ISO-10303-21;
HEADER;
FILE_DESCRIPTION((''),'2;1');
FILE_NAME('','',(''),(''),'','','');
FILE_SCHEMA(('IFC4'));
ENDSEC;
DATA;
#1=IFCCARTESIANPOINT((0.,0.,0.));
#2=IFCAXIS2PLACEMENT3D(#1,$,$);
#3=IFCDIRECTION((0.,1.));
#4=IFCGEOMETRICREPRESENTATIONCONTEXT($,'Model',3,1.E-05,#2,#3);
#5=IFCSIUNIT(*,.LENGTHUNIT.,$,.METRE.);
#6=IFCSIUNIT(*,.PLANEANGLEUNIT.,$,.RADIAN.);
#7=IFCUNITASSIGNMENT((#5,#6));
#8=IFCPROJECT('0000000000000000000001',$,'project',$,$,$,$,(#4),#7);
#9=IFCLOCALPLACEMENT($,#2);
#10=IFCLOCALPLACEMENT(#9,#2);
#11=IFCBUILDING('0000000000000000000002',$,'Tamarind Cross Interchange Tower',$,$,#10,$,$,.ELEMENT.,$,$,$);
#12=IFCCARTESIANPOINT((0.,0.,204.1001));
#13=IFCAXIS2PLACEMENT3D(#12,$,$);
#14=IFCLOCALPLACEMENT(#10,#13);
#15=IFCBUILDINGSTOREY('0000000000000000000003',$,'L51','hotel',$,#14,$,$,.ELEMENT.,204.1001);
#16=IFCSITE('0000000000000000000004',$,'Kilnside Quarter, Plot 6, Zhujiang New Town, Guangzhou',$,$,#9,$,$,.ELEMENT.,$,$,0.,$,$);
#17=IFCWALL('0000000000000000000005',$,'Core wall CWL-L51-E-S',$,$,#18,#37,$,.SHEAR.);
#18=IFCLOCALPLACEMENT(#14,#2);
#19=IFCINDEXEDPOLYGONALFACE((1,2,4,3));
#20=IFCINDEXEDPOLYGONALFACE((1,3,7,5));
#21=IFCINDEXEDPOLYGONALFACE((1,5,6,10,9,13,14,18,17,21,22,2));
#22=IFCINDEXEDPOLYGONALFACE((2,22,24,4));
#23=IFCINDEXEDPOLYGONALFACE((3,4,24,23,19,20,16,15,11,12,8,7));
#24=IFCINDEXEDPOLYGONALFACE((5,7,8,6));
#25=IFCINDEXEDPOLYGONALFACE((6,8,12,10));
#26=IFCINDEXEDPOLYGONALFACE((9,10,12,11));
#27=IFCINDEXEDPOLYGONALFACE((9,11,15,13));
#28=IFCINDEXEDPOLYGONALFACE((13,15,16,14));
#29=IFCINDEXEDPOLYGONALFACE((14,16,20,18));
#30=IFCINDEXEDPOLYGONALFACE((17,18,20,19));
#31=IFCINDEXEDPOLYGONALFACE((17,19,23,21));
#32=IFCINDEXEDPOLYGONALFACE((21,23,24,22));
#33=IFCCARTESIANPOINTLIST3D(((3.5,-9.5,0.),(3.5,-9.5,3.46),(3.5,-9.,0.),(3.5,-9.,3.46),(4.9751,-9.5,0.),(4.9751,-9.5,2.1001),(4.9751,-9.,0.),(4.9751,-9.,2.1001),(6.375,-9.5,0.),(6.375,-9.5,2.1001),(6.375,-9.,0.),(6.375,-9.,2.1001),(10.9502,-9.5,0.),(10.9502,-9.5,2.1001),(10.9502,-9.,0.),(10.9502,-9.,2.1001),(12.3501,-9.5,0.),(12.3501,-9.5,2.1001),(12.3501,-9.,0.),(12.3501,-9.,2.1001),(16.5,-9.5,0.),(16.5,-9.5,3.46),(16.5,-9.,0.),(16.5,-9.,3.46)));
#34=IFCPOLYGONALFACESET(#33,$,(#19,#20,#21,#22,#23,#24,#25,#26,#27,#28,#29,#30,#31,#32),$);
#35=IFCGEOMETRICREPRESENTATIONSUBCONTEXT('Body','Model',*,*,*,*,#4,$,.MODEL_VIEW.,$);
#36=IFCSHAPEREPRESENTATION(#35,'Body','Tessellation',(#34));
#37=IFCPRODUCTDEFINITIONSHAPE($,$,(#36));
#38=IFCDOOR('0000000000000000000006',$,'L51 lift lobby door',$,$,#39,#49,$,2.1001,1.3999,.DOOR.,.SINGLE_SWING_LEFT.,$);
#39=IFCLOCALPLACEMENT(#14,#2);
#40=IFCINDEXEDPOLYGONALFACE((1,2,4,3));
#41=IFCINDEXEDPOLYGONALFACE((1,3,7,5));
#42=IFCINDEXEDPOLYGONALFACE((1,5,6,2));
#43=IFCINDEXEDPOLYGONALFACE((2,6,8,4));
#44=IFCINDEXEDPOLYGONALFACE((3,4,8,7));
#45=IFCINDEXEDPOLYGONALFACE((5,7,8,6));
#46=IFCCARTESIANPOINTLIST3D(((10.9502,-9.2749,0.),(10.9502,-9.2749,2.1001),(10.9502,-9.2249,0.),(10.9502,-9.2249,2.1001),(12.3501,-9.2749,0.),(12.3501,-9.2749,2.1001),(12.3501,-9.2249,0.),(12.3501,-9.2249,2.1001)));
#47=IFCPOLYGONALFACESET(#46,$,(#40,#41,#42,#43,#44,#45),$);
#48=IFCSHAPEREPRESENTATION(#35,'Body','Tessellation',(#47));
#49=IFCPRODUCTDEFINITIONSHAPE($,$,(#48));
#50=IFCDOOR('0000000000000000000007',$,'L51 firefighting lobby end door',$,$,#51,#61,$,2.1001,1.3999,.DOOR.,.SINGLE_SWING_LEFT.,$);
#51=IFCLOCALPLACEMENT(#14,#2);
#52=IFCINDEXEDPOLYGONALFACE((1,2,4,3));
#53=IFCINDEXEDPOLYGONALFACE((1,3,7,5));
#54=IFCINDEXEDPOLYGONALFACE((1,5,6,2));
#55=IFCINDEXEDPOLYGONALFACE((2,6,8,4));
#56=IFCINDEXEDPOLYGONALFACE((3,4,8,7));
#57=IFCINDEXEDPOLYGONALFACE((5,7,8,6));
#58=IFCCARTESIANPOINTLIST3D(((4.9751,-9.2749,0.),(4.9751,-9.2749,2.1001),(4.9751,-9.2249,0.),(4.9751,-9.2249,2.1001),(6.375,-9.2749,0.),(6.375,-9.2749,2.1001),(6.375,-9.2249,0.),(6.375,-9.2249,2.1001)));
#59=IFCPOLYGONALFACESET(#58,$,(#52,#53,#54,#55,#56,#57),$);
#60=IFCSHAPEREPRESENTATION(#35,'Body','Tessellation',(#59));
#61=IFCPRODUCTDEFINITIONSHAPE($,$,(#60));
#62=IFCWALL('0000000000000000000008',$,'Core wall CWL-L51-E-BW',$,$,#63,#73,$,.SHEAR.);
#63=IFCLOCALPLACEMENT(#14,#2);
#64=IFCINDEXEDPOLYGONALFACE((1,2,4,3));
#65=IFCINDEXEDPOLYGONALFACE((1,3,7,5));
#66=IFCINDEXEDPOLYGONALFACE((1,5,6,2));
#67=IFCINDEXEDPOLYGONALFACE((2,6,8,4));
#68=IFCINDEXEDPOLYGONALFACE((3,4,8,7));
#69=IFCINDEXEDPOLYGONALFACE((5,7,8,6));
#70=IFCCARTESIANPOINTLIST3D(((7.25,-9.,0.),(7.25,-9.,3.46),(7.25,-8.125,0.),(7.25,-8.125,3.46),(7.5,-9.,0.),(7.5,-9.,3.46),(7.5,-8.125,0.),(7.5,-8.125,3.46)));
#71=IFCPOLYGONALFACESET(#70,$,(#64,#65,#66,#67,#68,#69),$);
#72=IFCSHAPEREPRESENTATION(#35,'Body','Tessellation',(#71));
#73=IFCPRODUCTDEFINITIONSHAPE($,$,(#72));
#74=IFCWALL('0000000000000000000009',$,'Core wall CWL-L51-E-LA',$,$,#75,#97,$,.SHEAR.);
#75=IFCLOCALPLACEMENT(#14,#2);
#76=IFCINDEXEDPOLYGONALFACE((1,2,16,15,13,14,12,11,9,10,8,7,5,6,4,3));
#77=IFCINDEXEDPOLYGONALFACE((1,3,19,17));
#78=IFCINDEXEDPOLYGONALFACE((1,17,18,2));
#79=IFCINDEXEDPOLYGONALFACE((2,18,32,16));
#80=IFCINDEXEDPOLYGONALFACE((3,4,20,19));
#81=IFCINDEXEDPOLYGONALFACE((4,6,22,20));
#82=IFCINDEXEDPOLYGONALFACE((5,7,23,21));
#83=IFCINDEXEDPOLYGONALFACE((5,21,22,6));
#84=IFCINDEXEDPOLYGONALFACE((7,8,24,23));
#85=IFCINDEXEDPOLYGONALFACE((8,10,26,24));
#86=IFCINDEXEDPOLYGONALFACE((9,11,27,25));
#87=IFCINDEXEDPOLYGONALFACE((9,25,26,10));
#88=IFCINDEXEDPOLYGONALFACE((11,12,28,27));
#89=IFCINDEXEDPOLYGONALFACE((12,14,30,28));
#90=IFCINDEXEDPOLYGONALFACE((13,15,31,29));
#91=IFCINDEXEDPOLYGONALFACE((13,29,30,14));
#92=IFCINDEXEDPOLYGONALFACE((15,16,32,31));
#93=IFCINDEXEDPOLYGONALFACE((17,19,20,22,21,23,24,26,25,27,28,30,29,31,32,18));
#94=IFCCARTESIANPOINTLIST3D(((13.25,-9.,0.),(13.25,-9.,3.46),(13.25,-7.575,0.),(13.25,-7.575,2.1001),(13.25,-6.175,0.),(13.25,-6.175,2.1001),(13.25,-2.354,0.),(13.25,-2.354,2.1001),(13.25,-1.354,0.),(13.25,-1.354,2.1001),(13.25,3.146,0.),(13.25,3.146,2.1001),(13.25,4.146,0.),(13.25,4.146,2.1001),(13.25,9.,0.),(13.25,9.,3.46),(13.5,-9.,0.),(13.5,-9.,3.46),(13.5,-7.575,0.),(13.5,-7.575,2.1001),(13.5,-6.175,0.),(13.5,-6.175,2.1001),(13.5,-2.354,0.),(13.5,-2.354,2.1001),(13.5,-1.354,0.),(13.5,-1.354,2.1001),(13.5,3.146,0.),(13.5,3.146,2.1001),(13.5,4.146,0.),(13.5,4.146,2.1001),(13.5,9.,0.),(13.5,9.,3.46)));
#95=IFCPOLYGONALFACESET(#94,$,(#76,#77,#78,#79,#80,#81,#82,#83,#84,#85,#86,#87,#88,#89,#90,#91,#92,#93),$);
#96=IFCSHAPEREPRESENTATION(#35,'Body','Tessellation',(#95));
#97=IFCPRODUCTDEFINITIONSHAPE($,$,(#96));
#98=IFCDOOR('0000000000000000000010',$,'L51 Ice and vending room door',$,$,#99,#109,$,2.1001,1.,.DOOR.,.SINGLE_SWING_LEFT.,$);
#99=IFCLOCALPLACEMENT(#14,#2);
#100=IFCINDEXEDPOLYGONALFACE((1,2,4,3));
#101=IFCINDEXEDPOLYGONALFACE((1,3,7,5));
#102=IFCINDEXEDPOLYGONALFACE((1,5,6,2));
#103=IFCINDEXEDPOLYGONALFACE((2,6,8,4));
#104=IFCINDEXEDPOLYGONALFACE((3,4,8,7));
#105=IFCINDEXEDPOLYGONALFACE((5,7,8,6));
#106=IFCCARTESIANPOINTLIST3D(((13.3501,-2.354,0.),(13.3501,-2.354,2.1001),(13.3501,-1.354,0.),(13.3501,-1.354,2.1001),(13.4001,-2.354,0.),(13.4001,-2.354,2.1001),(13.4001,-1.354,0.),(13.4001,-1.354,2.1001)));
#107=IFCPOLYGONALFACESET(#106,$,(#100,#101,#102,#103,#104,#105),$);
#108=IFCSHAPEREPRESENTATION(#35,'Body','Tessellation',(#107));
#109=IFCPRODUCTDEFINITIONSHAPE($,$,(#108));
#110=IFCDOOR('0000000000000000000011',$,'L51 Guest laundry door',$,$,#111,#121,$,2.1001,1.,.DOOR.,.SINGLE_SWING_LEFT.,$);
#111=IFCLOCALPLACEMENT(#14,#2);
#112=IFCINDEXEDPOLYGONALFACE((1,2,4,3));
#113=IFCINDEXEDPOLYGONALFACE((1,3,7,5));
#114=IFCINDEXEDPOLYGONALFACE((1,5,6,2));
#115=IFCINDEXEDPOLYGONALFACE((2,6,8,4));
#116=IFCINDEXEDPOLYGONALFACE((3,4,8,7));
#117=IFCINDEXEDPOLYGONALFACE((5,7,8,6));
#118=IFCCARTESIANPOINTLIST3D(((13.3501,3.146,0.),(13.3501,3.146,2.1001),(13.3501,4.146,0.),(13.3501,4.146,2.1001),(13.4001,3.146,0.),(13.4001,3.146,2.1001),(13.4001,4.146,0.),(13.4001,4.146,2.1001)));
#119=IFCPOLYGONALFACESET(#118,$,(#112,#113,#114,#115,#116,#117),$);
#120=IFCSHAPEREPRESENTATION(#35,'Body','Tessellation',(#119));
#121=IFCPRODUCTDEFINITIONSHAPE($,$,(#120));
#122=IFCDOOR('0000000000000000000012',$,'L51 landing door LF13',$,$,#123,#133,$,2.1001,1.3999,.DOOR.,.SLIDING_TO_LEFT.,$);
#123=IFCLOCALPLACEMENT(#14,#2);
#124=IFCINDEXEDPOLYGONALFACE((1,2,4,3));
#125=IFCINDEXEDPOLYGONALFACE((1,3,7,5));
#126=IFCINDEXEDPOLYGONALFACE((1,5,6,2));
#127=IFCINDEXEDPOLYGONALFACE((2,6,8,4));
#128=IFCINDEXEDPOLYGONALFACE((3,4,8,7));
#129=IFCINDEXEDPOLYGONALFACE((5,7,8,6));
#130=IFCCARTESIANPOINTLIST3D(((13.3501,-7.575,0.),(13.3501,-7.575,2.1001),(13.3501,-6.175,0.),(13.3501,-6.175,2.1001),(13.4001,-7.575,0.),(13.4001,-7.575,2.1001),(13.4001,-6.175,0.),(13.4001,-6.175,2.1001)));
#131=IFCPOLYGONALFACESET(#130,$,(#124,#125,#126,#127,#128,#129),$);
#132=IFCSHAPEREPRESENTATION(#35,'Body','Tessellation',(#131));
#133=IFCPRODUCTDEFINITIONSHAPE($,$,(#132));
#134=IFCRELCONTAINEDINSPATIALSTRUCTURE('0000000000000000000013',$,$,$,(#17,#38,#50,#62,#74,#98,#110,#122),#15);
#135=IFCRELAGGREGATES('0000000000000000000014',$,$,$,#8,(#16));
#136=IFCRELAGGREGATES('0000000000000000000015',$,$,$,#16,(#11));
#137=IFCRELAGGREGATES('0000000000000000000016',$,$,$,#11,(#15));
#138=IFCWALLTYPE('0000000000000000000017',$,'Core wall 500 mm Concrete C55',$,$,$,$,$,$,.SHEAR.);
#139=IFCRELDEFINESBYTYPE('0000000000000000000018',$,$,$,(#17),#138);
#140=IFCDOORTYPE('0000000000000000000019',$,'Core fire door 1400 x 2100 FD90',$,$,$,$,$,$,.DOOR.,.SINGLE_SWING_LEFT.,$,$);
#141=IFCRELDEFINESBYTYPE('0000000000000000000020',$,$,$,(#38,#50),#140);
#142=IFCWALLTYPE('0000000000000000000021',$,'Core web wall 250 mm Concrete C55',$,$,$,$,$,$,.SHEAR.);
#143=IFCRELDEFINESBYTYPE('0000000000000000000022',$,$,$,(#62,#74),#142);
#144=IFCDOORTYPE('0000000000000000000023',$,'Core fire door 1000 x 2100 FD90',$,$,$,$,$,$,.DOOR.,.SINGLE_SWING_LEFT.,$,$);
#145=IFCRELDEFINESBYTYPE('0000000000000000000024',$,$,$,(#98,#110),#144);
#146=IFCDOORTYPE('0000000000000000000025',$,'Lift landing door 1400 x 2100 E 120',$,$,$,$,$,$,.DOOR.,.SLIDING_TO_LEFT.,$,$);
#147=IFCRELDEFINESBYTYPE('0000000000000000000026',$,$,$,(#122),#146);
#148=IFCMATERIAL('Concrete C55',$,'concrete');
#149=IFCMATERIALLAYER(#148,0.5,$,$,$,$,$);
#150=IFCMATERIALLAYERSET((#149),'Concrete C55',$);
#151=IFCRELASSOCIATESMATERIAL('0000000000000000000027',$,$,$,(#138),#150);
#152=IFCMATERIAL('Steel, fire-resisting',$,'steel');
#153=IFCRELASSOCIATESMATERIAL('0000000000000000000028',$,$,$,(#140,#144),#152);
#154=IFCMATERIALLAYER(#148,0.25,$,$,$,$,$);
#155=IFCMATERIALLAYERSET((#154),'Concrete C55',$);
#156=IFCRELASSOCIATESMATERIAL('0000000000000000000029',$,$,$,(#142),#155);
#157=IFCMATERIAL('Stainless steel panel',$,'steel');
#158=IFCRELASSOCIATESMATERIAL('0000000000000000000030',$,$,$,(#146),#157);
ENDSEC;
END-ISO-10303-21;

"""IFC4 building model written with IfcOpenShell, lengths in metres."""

from ifc_helpers import new_model, si_unit, direction, frame, frame_2d, origin, place, context, subcontext, project, spatial, rectangle, extrude, material, layer, layer_set, type_object, element, fill, save


model = new_model("IFC4")

# Units and contexts
model_context = context("Model", 3, precision=1e-05, world=origin(), true_north=direction((0.0, 1.0)))
body_context = subcontext(model_context, "Body", "Model", "MODEL_VIEW")
ifc_project = project(units=[si_unit("LENGTHUNIT", "METRE"), si_unit("PLANEANGLEUNIT", "RADIAN")], contexts=[model_context])

# Site, building, storey
site_placement = place(None, origin())
site = spatial("IfcSite", under=ifc_project, at=site_placement, Name="Kilnside Quarter, Plot 6, Zhujiang New Town, Guangzhou", CompositionType="ELEMENT", RefElevation=0.0)
building_placement = place(site_placement, origin())
building = spatial("IfcBuilding", under=site, at=building_placement, Name="Tamarind Cross Interchange Tower", CompositionType="ELEMENT")
storey_placement = place(building_placement, frame((0.0, 0.0, 204.1001)))
storey = spatial("IfcBuildingStorey", under=building, at=storey_placement, Name="L51", Description="hotel", CompositionType="ELEMENT", Elevation=204.1001)

# Shared definitions
ifc_material_1 = material(Name="Concrete C55", Category="concrete")

# Wall, openings, doors
ifc_layer_1 = layer(ifc_material_1, 0.5)
ifc_layer_set_1 = layer_set([ifc_layer_1], Name="Concrete C55")
wall_type_1 = type_object("IfcWallType", Name="Core wall 500 mm Concrete C55", PredefinedType="SHEAR", material=ifc_layer_set_1)
wall_1_placement = place(storey_placement, frame((16.5, -9.25, 0.0), z_axis=(0.0, 0.0, 1.0), x_axis=(-1.0, 0.0, 0.0)))
wall_1 = element("IfcWall", 1, at=wall_1_placement, inside=storey, type_object=wall_type_1, Name="Core wall CWL-L51-E-S", PredefinedType="SHEAR", context=body_context, shape_type="SweptSolid", body=[
    extrude(rectangle(XDim=13.0, YDim=0.5, at=frame_2d((6.5, 0.0))), origin(), (0.0, 0.0, 1.0), 3.46),
])
opening_1_placement = place(wall_1_placement, frame((4.1499, 0.0, 0.0)))
opening_1 = element("IfcOpeningElement", 2, at=opening_1_placement, cuts=wall_1, PredefinedType="OPENING", context=body_context, shape_type="SweptSolid", body=[
    extrude(rectangle(XDim=1.3999, YDim=2.1001, at=frame_2d((0.7, 1.05))), frame((0.0, 0.26, 0.0), z_axis=(0.0, -1.0, 0.0), x_axis=(1.0, 0.0, 0.0)), (0.0, 0.0, 1.0), 0.52),
])
opening_2_placement = place(wall_1_placement, frame((10.125, 0.0, 0.0)))
opening_2 = element("IfcOpeningElement", 3, at=opening_2_placement, cuts=wall_1, PredefinedType="OPENING", context=body_context, shape_type="SweptSolid", body=[
    extrude(rectangle(XDim=1.3999, YDim=2.1001, at=frame_2d((0.7, 1.05))), frame((0.0, 0.26, 0.0), z_axis=(0.0, -1.0, 0.0), x_axis=(1.0, 0.0, 0.0)), (0.0, 0.0, 1.0), 0.52),
])
ifc_material_2 = material(Name="Steel, fire-resisting", Category="steel")
door_type_1 = type_object("IfcDoorType", Name="Core fire door 1400 x 2100 FD90", OperationType="SINGLE_SWING_LEFT", PredefinedType="DOOR", material=ifc_material_2)
door_1_placement = place(opening_1_placement, origin())
door_1 = element("IfcDoor", 4, at=door_1_placement, inside=storey, type_object=door_type_1, Name="L51 lift lobby door", OperationType="SINGLE_SWING_LEFT", OverallHeight=2.1001, OverallWidth=1.3999, PredefinedType="DOOR", context=body_context, shape_type="SweptSolid", body=[
    extrude(rectangle(XDim=1.3999, YDim=2.1001, at=frame_2d((0.7, 1.05))), frame((0.0, 0.0249, 0.0), z_axis=(0.0, -1.0, 0.0), x_axis=(1.0, 0.0, 0.0)), (0.0, 0.0, 1.0), 0.05),
])
fill(opening_1, door_1)
door_2_placement = place(opening_2_placement, origin())
door_2 = element("IfcDoor", 5, at=door_2_placement, inside=storey, type_object=door_type_1, Name="L51 firefighting lobby end door", OperationType="SINGLE_SWING_LEFT", OverallHeight=2.1001, OverallWidth=1.3999, PredefinedType="DOOR", context=body_context, shape_type="SweptSolid", body=[
    extrude(rectangle(XDim=1.3999, YDim=2.1001, at=frame_2d((0.7, 1.05))), frame((0.0, 0.0249, 0.0), z_axis=(0.0, -1.0, 0.0), x_axis=(1.0, 0.0, 0.0)), (0.0, 0.0, 1.0), 0.05),
])
fill(opening_2, door_2)

# Wall
ifc_layer_2 = layer(ifc_material_1, 0.25)
ifc_layer_set_2 = layer_set([ifc_layer_2], Name="Concrete C55")
wall_type_2 = type_object("IfcWallType", Name="Core web wall 250 mm Concrete C55", PredefinedType="SHEAR", material=ifc_layer_set_2)
wall_2_placement = place(storey_placement, frame((7.375, -9.0, 0.0), z_axis=(0.0, 0.0, 1.0), x_axis=(0.0, 1.0, 0.0)))
element("IfcWall", 6, at=wall_2_placement, inside=storey, type_object=wall_type_2, Name="Core wall CWL-L51-E-BW", PredefinedType="SHEAR", context=body_context, shape_type="SweptSolid", body=[
    extrude(rectangle(XDim=0.875, YDim=0.25, at=frame_2d((0.4375, 0.0))), origin(), (0.0, 0.0, 1.0), 3.46),
])

# Wall, openings, doors
wall_3_placement = place(storey_placement, frame((13.375, -9.0, 0.0), z_axis=(0.0, 0.0, 1.0), x_axis=(0.0, 1.0, 0.0)))
wall_3 = element("IfcWall", 7, at=wall_3_placement, inside=storey, type_object=wall_type_2, Name="Core wall CWL-L51-E-LA", PredefinedType="SHEAR", context=body_context, shape_type="SweptSolid", body=[
    extrude(rectangle(XDim=18.0, YDim=0.25, at=frame_2d((9.0, 0.0))), origin(), (0.0, 0.0, 1.0), 3.46),
])
opening_3_placement = place(wall_3_placement, frame((1.425, 0.0, 0.0)))
opening_3 = element("IfcOpeningElement", 8, at=opening_3_placement, cuts=wall_3, PredefinedType="OPENING", context=body_context, shape_type="SweptSolid", body=[
    extrude(rectangle(XDim=1.3999, YDim=2.1001, at=frame_2d((0.7, 1.05))), frame((0.0, 0.135, 0.0), z_axis=(0.0, -1.0, 0.0), x_axis=(1.0, 0.0, 0.0)), (0.0, 0.0, 1.0), 0.27),
])
opening_4_placement = place(wall_3_placement, frame((6.646, 0.0, 0.0)))
opening_4 = element("IfcOpeningElement", 9, at=opening_4_placement, cuts=wall_3, PredefinedType="OPENING", context=body_context, shape_type="SweptSolid", body=[
    extrude(rectangle(XDim=1.0, YDim=2.1001, at=frame_2d((0.5, 1.05))), frame((0.0, 0.135, 0.0), z_axis=(0.0, -1.0, 0.0), x_axis=(1.0, 0.0, 0.0)), (0.0, 0.0, 1.0), 0.27),
])
opening_5_placement = place(wall_3_placement, frame((12.146, 0.0, 0.0)))
opening_5 = element("IfcOpeningElement", 10, at=opening_5_placement, cuts=wall_3, PredefinedType="OPENING", context=body_context, shape_type="SweptSolid", body=[
    extrude(rectangle(XDim=1.0, YDim=2.1001, at=frame_2d((0.5, 1.05))), frame((0.0, 0.135, 0.0), z_axis=(0.0, -1.0, 0.0), x_axis=(1.0, 0.0, 0.0)), (0.0, 0.0, 1.0), 0.27),
])
door_type_2 = type_object("IfcDoorType", Name="Core fire door 1000 x 2100 FD90", OperationType="SINGLE_SWING_LEFT", PredefinedType="DOOR", material=ifc_material_2)
door_3_placement = place(opening_4_placement, origin())
door_3 = element("IfcDoor", 11, at=door_3_placement, inside=storey, type_object=door_type_2, Name="L51 Ice and vending room door", OperationType="SINGLE_SWING_LEFT", OverallHeight=2.1001, OverallWidth=1.0, PredefinedType="DOOR", context=body_context, shape_type="SweptSolid", body=[
    extrude(rectangle(XDim=1.0, YDim=2.1001, at=frame_2d((0.5, 1.05))), frame((0.0, 0.0249, 0.0), z_axis=(0.0, -1.0, 0.0), x_axis=(1.0, 0.0, 0.0)), (0.0, 0.0, 1.0), 0.05),
])
fill(opening_4, door_3)
door_4_placement = place(opening_5_placement, origin())
door_4 = element("IfcDoor", 12, at=door_4_placement, inside=storey, type_object=door_type_2, Name="L51 Guest laundry door", OperationType="SINGLE_SWING_LEFT", OverallHeight=2.1001, OverallWidth=1.0, PredefinedType="DOOR", context=body_context, shape_type="SweptSolid", body=[
    extrude(rectangle(XDim=1.0, YDim=2.1001, at=frame_2d((0.5, 1.05))), frame((0.0, 0.0249, 0.0), z_axis=(0.0, -1.0, 0.0), x_axis=(1.0, 0.0, 0.0)), (0.0, 0.0, 1.0), 0.05),
])
fill(opening_5, door_4)
ifc_material_3 = material(Name="Stainless steel panel", Category="steel")
door_type_3 = type_object("IfcDoorType", Name="Lift landing door 1400 x 2100 E 120", OperationType="SLIDING_TO_LEFT", PredefinedType="DOOR", material=ifc_material_3)
door_5_placement = place(opening_3_placement, origin())
door_5 = element("IfcDoor", 13, at=door_5_placement, inside=storey, type_object=door_type_3, Name="L51 landing door LF13", OperationType="SLIDING_TO_LEFT", OverallHeight=2.1001, OverallWidth=1.3999, PredefinedType="DOOR", context=body_context, shape_type="SweptSolid", body=[
    extrude(rectangle(XDim=1.3999, YDim=2.1001, at=frame_2d((0.7, 1.05))), frame((0.0, 0.0249, 0.0), z_axis=(0.0, -1.0, 0.0), x_axis=(1.0, 0.0, 0.0)), (0.0, 0.0, 1.0), 0.05),
])
fill(opening_3, door_5)

save(model, "model.ifc")
